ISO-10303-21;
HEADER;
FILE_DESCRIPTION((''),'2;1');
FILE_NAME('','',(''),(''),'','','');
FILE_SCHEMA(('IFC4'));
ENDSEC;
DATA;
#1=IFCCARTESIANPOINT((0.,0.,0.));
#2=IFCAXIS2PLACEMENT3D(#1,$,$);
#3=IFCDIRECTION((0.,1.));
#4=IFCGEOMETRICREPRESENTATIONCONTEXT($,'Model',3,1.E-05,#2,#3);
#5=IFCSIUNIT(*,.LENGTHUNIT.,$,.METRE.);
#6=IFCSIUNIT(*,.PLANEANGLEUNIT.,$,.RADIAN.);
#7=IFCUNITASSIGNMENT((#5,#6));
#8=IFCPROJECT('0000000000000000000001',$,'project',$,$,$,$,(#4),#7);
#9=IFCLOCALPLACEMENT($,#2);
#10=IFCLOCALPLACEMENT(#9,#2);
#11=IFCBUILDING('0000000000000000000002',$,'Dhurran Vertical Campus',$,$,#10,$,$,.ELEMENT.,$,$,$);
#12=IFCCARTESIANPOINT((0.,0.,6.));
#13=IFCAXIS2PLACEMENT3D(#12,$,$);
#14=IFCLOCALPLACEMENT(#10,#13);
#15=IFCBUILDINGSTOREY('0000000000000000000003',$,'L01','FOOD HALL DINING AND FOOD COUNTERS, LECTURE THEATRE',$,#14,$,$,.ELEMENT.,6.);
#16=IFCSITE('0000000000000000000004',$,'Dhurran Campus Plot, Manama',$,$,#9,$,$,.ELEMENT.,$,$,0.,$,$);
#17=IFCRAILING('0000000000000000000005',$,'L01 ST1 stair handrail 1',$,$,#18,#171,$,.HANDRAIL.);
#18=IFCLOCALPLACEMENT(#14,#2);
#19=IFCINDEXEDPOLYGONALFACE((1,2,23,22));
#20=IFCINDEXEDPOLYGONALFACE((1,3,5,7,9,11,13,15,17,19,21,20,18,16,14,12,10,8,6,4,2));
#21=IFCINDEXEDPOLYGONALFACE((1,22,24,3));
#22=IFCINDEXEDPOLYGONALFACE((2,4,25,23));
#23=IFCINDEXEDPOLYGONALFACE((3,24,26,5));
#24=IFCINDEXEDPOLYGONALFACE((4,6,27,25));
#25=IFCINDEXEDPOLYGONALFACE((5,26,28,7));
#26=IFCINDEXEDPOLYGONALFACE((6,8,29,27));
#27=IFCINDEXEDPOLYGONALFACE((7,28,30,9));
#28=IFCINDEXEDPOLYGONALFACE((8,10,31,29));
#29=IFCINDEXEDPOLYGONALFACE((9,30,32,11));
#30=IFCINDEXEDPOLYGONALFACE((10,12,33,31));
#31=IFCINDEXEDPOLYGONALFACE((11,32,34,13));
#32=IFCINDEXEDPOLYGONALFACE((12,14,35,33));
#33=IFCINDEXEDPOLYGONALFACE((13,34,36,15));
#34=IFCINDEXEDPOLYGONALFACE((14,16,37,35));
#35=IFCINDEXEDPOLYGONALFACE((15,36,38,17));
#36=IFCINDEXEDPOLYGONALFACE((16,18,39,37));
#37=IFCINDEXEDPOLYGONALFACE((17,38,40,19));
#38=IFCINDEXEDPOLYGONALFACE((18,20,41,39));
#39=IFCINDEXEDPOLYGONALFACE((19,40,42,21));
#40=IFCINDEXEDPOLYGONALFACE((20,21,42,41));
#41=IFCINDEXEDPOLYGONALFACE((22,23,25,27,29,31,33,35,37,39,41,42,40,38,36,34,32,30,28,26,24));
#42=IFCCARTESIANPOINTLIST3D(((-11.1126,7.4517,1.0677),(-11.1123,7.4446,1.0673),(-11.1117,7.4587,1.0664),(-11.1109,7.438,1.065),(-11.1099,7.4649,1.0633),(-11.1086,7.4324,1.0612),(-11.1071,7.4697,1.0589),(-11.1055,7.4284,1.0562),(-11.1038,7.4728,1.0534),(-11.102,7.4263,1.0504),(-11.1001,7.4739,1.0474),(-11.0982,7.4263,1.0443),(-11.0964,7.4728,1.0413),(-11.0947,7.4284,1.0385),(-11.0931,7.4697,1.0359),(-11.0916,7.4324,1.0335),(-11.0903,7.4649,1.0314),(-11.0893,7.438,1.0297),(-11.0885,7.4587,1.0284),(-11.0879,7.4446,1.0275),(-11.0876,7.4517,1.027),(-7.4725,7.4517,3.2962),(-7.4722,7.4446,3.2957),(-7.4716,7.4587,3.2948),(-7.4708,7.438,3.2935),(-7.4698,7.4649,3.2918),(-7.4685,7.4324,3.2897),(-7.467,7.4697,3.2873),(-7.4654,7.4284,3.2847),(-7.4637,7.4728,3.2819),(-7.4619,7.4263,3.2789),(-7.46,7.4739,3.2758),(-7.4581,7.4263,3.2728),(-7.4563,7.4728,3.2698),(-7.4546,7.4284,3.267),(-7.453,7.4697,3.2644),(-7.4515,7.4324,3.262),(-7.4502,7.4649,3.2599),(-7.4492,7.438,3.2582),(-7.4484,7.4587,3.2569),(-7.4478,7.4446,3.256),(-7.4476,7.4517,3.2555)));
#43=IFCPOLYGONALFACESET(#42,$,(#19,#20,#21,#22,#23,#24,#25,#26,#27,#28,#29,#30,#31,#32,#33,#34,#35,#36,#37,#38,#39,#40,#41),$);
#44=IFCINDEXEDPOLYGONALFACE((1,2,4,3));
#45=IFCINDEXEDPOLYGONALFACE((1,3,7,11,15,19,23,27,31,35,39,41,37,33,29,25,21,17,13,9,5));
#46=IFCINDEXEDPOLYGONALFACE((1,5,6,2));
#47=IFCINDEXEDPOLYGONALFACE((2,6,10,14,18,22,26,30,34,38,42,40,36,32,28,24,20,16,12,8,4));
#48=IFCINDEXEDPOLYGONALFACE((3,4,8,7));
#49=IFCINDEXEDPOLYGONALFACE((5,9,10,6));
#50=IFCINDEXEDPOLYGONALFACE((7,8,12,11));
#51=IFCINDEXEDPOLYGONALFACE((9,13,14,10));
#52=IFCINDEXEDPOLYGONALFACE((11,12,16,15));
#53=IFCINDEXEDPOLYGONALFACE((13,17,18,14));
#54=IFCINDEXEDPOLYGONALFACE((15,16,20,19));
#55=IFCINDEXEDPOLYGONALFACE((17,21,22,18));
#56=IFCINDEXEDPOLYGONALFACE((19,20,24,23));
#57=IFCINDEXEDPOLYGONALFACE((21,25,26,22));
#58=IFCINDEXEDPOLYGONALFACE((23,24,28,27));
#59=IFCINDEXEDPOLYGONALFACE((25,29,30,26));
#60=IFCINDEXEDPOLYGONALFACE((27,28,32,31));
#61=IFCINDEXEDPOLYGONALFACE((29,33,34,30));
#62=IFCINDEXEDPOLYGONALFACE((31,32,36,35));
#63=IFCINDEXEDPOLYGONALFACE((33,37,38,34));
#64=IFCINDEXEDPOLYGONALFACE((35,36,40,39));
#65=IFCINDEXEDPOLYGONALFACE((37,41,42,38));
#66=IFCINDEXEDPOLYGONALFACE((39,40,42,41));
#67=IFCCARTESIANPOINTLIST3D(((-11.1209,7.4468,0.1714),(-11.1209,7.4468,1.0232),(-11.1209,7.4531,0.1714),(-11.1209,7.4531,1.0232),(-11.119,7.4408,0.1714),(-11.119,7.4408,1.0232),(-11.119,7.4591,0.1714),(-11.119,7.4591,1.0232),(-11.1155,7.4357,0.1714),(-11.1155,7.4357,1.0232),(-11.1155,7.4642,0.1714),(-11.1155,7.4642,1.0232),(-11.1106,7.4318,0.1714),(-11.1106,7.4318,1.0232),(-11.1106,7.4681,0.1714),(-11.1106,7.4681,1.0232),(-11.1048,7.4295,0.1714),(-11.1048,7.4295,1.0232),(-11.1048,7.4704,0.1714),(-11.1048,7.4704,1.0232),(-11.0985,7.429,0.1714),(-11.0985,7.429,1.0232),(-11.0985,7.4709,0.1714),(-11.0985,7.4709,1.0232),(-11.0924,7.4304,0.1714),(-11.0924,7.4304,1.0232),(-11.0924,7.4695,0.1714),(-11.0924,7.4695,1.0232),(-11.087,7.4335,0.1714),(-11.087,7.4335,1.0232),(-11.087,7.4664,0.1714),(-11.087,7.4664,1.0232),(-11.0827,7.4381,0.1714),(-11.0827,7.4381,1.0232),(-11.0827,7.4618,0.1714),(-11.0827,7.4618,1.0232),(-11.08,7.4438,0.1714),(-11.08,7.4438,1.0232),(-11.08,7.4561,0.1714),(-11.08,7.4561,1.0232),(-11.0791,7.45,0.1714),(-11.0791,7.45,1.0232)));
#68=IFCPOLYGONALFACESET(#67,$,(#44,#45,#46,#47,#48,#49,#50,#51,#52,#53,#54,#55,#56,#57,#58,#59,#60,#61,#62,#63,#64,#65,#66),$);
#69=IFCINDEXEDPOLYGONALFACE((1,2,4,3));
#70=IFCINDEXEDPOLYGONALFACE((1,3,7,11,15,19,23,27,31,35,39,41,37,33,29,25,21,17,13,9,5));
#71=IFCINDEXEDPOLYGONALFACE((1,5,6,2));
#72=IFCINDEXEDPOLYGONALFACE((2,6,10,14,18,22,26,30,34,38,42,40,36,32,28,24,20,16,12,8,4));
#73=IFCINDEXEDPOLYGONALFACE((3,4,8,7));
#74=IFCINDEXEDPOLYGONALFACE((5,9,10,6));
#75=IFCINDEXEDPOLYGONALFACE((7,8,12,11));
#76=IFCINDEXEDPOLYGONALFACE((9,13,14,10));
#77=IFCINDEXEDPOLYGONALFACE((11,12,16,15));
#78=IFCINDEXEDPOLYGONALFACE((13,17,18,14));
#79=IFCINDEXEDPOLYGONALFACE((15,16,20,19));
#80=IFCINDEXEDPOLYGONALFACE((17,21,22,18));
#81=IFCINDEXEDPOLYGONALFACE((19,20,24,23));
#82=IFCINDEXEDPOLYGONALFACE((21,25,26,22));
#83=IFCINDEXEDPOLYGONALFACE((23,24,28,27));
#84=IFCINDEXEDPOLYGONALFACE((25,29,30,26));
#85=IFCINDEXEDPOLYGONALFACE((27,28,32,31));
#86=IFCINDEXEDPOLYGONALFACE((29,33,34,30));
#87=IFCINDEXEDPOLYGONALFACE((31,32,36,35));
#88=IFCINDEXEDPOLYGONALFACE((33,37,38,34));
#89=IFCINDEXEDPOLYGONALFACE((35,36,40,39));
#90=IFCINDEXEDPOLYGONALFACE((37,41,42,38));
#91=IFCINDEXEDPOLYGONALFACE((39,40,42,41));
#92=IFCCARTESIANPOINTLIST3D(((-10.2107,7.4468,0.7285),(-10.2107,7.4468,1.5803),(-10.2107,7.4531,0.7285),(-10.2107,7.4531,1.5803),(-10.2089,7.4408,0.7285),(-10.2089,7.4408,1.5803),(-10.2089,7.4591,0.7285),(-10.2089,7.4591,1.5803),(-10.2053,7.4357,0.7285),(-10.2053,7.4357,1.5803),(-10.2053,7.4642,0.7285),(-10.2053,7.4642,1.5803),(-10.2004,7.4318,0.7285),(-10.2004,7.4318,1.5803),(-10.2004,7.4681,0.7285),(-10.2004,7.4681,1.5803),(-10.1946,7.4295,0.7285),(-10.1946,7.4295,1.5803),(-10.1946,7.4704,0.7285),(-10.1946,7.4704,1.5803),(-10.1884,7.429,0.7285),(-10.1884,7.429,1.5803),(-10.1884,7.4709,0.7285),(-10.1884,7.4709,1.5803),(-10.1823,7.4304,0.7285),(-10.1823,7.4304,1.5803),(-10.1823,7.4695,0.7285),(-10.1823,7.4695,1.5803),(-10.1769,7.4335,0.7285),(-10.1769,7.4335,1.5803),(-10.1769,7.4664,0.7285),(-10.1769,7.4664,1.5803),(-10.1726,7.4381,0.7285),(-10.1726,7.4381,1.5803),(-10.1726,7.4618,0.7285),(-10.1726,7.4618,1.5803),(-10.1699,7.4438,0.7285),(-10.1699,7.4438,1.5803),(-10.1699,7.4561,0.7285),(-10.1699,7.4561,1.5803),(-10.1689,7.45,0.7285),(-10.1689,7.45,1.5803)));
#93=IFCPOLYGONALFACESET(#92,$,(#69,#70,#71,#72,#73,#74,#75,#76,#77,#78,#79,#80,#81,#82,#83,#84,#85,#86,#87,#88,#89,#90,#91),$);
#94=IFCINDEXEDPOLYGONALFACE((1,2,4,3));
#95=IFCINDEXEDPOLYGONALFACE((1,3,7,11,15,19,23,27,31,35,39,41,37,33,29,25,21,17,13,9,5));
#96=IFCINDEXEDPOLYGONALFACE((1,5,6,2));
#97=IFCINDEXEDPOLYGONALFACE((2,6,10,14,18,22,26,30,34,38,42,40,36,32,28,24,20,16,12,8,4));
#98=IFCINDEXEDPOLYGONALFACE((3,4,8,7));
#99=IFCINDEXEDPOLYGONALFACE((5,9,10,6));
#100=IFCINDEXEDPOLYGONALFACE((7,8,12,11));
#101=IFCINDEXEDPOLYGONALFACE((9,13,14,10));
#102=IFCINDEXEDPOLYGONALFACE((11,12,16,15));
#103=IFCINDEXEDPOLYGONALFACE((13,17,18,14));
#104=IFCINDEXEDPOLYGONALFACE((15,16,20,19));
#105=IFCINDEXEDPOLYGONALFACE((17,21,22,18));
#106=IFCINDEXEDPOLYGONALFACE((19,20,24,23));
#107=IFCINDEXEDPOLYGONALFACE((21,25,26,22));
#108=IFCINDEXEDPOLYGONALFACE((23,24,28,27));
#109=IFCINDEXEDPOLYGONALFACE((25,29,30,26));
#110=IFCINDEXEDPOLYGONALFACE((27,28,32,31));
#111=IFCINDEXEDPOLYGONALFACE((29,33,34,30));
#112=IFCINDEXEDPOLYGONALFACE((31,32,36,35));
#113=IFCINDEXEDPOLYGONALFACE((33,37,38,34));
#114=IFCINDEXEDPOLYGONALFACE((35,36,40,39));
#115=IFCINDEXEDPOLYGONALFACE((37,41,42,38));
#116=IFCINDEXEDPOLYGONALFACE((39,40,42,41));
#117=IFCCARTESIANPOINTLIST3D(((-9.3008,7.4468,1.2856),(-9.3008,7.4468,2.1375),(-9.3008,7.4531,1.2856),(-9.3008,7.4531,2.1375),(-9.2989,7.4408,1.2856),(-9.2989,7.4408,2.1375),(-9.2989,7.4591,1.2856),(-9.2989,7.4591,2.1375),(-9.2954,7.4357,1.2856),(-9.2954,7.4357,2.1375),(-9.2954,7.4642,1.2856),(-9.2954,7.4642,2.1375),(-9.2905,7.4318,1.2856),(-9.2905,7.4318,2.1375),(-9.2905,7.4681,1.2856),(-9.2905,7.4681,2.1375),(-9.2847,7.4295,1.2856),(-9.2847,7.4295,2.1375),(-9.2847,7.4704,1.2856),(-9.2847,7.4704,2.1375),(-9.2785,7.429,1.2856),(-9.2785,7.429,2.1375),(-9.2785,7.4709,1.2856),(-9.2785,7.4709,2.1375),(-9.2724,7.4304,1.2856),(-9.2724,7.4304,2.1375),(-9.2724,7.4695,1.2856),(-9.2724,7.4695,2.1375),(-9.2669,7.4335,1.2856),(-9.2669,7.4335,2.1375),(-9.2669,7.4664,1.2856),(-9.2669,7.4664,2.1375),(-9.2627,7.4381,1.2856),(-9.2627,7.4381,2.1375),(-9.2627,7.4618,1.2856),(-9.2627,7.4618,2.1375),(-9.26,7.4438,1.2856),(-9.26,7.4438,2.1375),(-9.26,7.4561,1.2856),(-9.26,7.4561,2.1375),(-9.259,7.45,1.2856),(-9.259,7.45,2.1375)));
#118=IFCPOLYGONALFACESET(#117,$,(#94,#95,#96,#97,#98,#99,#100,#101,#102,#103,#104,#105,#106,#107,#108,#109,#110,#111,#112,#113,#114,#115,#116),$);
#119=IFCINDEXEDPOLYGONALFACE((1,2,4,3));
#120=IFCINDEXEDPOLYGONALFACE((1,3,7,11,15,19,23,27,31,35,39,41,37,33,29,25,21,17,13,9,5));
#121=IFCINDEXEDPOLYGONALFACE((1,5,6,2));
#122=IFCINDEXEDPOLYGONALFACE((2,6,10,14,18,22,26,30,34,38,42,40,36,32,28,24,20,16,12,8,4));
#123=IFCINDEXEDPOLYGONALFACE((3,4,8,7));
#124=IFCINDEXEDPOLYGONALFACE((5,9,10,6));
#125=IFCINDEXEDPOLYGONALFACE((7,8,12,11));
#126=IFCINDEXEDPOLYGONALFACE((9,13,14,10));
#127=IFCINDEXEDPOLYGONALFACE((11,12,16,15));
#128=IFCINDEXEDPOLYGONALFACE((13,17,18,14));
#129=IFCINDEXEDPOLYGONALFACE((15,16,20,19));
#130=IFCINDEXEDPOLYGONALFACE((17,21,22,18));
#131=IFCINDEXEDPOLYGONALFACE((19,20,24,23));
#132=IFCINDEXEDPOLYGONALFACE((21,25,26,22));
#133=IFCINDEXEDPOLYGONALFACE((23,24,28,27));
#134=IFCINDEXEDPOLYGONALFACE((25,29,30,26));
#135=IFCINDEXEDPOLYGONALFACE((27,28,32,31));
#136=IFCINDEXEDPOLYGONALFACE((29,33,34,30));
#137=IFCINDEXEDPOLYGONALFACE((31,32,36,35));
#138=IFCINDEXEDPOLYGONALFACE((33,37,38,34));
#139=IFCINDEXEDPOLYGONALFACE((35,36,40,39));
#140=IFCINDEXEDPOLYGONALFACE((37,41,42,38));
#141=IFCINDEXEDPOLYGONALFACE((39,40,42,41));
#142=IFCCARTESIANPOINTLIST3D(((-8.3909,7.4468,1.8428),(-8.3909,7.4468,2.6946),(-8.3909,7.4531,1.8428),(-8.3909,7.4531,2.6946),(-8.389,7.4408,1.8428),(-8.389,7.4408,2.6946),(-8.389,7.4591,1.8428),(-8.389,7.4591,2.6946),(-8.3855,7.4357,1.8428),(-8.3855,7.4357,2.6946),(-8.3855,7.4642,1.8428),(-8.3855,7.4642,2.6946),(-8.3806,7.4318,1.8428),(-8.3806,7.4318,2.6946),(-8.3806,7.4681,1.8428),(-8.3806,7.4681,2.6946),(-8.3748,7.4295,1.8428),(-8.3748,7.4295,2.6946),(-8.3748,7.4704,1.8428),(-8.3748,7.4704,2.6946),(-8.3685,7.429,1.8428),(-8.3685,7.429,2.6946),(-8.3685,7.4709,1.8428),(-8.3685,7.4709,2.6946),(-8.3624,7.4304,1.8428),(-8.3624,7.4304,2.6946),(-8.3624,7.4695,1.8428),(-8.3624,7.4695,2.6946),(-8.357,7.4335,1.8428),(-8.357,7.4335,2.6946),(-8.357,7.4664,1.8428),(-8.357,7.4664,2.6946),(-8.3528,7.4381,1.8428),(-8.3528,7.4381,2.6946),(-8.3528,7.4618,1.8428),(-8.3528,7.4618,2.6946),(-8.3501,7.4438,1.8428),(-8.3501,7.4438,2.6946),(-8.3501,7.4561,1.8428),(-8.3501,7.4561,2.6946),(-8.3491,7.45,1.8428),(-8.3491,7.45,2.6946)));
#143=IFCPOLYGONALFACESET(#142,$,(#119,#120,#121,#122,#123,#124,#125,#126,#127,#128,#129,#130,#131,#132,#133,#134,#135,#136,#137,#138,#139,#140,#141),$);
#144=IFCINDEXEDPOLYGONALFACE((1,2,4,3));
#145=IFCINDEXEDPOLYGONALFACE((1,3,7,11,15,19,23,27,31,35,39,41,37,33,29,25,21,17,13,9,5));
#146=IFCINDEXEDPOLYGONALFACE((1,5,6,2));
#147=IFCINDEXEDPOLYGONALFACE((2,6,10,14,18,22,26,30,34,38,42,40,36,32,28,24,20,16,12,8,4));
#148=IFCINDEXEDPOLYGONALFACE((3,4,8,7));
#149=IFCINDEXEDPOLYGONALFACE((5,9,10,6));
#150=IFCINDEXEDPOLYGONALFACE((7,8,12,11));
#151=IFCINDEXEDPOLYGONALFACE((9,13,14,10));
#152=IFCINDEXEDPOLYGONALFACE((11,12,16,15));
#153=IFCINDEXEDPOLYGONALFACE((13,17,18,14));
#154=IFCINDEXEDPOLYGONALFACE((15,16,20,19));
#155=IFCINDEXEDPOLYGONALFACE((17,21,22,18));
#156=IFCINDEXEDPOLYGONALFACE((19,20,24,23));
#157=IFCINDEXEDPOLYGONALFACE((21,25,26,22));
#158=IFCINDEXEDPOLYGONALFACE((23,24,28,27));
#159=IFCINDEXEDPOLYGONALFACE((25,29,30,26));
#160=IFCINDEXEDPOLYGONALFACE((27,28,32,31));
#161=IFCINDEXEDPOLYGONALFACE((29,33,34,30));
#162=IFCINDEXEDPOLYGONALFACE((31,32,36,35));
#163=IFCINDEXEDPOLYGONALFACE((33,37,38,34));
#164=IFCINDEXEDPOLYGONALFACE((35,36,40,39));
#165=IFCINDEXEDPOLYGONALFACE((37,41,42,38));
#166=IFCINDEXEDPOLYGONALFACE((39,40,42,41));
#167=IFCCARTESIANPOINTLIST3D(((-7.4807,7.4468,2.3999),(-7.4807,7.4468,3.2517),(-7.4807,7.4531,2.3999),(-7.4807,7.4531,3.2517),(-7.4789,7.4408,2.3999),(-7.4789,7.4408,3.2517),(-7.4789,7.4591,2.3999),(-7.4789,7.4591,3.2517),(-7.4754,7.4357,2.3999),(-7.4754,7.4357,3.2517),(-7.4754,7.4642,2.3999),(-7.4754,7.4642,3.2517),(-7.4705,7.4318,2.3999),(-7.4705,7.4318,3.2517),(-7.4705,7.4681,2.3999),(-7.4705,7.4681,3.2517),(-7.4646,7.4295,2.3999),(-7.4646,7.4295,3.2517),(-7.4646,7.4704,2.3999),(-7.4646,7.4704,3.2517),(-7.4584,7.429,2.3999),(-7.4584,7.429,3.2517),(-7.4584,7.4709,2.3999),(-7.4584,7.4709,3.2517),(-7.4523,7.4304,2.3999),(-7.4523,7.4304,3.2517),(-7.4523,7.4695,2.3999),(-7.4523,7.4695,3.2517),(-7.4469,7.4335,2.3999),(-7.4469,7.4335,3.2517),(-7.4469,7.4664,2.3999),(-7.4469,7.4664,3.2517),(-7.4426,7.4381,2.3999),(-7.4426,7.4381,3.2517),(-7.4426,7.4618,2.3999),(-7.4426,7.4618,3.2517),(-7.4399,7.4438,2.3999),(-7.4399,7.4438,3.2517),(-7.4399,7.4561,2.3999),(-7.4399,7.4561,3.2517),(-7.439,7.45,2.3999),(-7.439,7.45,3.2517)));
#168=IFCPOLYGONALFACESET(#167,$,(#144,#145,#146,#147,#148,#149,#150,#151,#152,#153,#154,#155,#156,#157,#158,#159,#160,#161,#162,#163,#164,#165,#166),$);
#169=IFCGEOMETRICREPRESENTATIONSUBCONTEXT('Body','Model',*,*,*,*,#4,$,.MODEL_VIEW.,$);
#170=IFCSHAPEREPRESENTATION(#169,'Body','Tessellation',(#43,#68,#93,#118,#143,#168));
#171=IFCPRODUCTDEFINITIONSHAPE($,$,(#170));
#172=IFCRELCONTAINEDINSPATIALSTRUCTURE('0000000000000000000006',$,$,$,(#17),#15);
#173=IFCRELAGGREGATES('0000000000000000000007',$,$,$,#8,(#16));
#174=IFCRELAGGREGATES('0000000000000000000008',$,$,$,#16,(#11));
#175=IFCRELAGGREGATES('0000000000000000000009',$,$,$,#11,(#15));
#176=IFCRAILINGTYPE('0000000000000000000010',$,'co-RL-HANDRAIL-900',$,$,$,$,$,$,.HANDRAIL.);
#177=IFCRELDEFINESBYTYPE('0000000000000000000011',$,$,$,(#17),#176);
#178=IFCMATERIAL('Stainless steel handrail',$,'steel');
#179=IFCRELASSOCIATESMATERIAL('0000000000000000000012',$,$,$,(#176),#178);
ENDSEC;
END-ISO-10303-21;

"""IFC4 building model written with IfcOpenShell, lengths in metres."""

from ifc_helpers import new_model, si_unit, direction, frame, origin, origin_2d, place, context, subcontext, project, spatial, circle, extrude, material, type_object, element, save


model = new_model("IFC4")

# Units and contexts
model_context = context("Model", 3, precision=1e-05, world=origin(), true_north=direction((0.0, 1.0)))
body_context = subcontext(model_context, "Body", "Model", "MODEL_VIEW")
ifc_project = project(units=[si_unit("LENGTHUNIT", "METRE"), si_unit("PLANEANGLEUNIT", "RADIAN")], contexts=[model_context])

# Site, building, storey
site_placement = place(None, origin())
site = spatial("IfcSite", under=ifc_project, at=site_placement, Name="Dhurran Campus Plot, Manama", CompositionType="ELEMENT", RefElevation=0.0)
building_placement = place(site_placement, origin())
building = spatial("IfcBuilding", under=site, at=building_placement, Name="Dhurran Vertical Campus", CompositionType="ELEMENT")
storey_placement = place(building_placement, frame((0.0, 0.0, 6.0)))
storey = spatial("IfcBuildingStorey", under=building, at=storey_placement, Name="L01", Description="FOOD HALL DINING AND FOOD COUNTERS, LECTURE THEATRE", CompositionType="ELEMENT", Elevation=6.0)

# Railing
ifc_material_1 = material(Name="Stainless steel handrail", Category="steel")
railing_type_1 = type_object("IfcRailingType", Name="co-RL-HANDRAIL-900", PredefinedType="HANDRAIL", material=ifc_material_1)
railing_1_placement = place(storey_placement, frame((-11.1001, 7.45, 0.1714)))
element("IfcRailing", 1, at=railing_1_placement, inside=storey, type_object=railing_type_1, Name="L01 ST1 stair handrail 1", PredefinedType="HANDRAIL", context=body_context, shape_type="SweptSolid", body=[
    extrude(circle(Radius=0.0239, at=origin_2d()), frame((0.0, 0.0, 0.876), z_axis=(0.852866, 0.0, 0.52213), x_axis=(0.0, 1.0, 0.0)), (0.0, 0.0, 1.0), 4.2681),
    extrude(circle(Radius=0.021, at=origin_2d()), origin(), (0.0, 0.0, 1.0), 0.8518),
    extrude(circle(Radius=0.021, at=origin_2d()), frame((0.9102, 0.0, 0.5571)), (0.0, 0.0, 1.0), 0.8518),
    extrude(circle(Radius=0.021, at=origin_2d()), frame((1.8201, 0.0, 1.1143)), (0.0, 0.0, 1.0), 0.8518),
    extrude(circle(Radius=0.021, at=origin_2d()), frame((2.73, 0.0, 1.6714)), (0.0, 0.0, 1.0), 0.8518),
    extrude(circle(Radius=0.021, at=origin_2d()), frame((3.6401, 0.0, 2.2285)), (0.0, 0.0, 1.0), 0.8518),
])

save(model, "model.ifc")
